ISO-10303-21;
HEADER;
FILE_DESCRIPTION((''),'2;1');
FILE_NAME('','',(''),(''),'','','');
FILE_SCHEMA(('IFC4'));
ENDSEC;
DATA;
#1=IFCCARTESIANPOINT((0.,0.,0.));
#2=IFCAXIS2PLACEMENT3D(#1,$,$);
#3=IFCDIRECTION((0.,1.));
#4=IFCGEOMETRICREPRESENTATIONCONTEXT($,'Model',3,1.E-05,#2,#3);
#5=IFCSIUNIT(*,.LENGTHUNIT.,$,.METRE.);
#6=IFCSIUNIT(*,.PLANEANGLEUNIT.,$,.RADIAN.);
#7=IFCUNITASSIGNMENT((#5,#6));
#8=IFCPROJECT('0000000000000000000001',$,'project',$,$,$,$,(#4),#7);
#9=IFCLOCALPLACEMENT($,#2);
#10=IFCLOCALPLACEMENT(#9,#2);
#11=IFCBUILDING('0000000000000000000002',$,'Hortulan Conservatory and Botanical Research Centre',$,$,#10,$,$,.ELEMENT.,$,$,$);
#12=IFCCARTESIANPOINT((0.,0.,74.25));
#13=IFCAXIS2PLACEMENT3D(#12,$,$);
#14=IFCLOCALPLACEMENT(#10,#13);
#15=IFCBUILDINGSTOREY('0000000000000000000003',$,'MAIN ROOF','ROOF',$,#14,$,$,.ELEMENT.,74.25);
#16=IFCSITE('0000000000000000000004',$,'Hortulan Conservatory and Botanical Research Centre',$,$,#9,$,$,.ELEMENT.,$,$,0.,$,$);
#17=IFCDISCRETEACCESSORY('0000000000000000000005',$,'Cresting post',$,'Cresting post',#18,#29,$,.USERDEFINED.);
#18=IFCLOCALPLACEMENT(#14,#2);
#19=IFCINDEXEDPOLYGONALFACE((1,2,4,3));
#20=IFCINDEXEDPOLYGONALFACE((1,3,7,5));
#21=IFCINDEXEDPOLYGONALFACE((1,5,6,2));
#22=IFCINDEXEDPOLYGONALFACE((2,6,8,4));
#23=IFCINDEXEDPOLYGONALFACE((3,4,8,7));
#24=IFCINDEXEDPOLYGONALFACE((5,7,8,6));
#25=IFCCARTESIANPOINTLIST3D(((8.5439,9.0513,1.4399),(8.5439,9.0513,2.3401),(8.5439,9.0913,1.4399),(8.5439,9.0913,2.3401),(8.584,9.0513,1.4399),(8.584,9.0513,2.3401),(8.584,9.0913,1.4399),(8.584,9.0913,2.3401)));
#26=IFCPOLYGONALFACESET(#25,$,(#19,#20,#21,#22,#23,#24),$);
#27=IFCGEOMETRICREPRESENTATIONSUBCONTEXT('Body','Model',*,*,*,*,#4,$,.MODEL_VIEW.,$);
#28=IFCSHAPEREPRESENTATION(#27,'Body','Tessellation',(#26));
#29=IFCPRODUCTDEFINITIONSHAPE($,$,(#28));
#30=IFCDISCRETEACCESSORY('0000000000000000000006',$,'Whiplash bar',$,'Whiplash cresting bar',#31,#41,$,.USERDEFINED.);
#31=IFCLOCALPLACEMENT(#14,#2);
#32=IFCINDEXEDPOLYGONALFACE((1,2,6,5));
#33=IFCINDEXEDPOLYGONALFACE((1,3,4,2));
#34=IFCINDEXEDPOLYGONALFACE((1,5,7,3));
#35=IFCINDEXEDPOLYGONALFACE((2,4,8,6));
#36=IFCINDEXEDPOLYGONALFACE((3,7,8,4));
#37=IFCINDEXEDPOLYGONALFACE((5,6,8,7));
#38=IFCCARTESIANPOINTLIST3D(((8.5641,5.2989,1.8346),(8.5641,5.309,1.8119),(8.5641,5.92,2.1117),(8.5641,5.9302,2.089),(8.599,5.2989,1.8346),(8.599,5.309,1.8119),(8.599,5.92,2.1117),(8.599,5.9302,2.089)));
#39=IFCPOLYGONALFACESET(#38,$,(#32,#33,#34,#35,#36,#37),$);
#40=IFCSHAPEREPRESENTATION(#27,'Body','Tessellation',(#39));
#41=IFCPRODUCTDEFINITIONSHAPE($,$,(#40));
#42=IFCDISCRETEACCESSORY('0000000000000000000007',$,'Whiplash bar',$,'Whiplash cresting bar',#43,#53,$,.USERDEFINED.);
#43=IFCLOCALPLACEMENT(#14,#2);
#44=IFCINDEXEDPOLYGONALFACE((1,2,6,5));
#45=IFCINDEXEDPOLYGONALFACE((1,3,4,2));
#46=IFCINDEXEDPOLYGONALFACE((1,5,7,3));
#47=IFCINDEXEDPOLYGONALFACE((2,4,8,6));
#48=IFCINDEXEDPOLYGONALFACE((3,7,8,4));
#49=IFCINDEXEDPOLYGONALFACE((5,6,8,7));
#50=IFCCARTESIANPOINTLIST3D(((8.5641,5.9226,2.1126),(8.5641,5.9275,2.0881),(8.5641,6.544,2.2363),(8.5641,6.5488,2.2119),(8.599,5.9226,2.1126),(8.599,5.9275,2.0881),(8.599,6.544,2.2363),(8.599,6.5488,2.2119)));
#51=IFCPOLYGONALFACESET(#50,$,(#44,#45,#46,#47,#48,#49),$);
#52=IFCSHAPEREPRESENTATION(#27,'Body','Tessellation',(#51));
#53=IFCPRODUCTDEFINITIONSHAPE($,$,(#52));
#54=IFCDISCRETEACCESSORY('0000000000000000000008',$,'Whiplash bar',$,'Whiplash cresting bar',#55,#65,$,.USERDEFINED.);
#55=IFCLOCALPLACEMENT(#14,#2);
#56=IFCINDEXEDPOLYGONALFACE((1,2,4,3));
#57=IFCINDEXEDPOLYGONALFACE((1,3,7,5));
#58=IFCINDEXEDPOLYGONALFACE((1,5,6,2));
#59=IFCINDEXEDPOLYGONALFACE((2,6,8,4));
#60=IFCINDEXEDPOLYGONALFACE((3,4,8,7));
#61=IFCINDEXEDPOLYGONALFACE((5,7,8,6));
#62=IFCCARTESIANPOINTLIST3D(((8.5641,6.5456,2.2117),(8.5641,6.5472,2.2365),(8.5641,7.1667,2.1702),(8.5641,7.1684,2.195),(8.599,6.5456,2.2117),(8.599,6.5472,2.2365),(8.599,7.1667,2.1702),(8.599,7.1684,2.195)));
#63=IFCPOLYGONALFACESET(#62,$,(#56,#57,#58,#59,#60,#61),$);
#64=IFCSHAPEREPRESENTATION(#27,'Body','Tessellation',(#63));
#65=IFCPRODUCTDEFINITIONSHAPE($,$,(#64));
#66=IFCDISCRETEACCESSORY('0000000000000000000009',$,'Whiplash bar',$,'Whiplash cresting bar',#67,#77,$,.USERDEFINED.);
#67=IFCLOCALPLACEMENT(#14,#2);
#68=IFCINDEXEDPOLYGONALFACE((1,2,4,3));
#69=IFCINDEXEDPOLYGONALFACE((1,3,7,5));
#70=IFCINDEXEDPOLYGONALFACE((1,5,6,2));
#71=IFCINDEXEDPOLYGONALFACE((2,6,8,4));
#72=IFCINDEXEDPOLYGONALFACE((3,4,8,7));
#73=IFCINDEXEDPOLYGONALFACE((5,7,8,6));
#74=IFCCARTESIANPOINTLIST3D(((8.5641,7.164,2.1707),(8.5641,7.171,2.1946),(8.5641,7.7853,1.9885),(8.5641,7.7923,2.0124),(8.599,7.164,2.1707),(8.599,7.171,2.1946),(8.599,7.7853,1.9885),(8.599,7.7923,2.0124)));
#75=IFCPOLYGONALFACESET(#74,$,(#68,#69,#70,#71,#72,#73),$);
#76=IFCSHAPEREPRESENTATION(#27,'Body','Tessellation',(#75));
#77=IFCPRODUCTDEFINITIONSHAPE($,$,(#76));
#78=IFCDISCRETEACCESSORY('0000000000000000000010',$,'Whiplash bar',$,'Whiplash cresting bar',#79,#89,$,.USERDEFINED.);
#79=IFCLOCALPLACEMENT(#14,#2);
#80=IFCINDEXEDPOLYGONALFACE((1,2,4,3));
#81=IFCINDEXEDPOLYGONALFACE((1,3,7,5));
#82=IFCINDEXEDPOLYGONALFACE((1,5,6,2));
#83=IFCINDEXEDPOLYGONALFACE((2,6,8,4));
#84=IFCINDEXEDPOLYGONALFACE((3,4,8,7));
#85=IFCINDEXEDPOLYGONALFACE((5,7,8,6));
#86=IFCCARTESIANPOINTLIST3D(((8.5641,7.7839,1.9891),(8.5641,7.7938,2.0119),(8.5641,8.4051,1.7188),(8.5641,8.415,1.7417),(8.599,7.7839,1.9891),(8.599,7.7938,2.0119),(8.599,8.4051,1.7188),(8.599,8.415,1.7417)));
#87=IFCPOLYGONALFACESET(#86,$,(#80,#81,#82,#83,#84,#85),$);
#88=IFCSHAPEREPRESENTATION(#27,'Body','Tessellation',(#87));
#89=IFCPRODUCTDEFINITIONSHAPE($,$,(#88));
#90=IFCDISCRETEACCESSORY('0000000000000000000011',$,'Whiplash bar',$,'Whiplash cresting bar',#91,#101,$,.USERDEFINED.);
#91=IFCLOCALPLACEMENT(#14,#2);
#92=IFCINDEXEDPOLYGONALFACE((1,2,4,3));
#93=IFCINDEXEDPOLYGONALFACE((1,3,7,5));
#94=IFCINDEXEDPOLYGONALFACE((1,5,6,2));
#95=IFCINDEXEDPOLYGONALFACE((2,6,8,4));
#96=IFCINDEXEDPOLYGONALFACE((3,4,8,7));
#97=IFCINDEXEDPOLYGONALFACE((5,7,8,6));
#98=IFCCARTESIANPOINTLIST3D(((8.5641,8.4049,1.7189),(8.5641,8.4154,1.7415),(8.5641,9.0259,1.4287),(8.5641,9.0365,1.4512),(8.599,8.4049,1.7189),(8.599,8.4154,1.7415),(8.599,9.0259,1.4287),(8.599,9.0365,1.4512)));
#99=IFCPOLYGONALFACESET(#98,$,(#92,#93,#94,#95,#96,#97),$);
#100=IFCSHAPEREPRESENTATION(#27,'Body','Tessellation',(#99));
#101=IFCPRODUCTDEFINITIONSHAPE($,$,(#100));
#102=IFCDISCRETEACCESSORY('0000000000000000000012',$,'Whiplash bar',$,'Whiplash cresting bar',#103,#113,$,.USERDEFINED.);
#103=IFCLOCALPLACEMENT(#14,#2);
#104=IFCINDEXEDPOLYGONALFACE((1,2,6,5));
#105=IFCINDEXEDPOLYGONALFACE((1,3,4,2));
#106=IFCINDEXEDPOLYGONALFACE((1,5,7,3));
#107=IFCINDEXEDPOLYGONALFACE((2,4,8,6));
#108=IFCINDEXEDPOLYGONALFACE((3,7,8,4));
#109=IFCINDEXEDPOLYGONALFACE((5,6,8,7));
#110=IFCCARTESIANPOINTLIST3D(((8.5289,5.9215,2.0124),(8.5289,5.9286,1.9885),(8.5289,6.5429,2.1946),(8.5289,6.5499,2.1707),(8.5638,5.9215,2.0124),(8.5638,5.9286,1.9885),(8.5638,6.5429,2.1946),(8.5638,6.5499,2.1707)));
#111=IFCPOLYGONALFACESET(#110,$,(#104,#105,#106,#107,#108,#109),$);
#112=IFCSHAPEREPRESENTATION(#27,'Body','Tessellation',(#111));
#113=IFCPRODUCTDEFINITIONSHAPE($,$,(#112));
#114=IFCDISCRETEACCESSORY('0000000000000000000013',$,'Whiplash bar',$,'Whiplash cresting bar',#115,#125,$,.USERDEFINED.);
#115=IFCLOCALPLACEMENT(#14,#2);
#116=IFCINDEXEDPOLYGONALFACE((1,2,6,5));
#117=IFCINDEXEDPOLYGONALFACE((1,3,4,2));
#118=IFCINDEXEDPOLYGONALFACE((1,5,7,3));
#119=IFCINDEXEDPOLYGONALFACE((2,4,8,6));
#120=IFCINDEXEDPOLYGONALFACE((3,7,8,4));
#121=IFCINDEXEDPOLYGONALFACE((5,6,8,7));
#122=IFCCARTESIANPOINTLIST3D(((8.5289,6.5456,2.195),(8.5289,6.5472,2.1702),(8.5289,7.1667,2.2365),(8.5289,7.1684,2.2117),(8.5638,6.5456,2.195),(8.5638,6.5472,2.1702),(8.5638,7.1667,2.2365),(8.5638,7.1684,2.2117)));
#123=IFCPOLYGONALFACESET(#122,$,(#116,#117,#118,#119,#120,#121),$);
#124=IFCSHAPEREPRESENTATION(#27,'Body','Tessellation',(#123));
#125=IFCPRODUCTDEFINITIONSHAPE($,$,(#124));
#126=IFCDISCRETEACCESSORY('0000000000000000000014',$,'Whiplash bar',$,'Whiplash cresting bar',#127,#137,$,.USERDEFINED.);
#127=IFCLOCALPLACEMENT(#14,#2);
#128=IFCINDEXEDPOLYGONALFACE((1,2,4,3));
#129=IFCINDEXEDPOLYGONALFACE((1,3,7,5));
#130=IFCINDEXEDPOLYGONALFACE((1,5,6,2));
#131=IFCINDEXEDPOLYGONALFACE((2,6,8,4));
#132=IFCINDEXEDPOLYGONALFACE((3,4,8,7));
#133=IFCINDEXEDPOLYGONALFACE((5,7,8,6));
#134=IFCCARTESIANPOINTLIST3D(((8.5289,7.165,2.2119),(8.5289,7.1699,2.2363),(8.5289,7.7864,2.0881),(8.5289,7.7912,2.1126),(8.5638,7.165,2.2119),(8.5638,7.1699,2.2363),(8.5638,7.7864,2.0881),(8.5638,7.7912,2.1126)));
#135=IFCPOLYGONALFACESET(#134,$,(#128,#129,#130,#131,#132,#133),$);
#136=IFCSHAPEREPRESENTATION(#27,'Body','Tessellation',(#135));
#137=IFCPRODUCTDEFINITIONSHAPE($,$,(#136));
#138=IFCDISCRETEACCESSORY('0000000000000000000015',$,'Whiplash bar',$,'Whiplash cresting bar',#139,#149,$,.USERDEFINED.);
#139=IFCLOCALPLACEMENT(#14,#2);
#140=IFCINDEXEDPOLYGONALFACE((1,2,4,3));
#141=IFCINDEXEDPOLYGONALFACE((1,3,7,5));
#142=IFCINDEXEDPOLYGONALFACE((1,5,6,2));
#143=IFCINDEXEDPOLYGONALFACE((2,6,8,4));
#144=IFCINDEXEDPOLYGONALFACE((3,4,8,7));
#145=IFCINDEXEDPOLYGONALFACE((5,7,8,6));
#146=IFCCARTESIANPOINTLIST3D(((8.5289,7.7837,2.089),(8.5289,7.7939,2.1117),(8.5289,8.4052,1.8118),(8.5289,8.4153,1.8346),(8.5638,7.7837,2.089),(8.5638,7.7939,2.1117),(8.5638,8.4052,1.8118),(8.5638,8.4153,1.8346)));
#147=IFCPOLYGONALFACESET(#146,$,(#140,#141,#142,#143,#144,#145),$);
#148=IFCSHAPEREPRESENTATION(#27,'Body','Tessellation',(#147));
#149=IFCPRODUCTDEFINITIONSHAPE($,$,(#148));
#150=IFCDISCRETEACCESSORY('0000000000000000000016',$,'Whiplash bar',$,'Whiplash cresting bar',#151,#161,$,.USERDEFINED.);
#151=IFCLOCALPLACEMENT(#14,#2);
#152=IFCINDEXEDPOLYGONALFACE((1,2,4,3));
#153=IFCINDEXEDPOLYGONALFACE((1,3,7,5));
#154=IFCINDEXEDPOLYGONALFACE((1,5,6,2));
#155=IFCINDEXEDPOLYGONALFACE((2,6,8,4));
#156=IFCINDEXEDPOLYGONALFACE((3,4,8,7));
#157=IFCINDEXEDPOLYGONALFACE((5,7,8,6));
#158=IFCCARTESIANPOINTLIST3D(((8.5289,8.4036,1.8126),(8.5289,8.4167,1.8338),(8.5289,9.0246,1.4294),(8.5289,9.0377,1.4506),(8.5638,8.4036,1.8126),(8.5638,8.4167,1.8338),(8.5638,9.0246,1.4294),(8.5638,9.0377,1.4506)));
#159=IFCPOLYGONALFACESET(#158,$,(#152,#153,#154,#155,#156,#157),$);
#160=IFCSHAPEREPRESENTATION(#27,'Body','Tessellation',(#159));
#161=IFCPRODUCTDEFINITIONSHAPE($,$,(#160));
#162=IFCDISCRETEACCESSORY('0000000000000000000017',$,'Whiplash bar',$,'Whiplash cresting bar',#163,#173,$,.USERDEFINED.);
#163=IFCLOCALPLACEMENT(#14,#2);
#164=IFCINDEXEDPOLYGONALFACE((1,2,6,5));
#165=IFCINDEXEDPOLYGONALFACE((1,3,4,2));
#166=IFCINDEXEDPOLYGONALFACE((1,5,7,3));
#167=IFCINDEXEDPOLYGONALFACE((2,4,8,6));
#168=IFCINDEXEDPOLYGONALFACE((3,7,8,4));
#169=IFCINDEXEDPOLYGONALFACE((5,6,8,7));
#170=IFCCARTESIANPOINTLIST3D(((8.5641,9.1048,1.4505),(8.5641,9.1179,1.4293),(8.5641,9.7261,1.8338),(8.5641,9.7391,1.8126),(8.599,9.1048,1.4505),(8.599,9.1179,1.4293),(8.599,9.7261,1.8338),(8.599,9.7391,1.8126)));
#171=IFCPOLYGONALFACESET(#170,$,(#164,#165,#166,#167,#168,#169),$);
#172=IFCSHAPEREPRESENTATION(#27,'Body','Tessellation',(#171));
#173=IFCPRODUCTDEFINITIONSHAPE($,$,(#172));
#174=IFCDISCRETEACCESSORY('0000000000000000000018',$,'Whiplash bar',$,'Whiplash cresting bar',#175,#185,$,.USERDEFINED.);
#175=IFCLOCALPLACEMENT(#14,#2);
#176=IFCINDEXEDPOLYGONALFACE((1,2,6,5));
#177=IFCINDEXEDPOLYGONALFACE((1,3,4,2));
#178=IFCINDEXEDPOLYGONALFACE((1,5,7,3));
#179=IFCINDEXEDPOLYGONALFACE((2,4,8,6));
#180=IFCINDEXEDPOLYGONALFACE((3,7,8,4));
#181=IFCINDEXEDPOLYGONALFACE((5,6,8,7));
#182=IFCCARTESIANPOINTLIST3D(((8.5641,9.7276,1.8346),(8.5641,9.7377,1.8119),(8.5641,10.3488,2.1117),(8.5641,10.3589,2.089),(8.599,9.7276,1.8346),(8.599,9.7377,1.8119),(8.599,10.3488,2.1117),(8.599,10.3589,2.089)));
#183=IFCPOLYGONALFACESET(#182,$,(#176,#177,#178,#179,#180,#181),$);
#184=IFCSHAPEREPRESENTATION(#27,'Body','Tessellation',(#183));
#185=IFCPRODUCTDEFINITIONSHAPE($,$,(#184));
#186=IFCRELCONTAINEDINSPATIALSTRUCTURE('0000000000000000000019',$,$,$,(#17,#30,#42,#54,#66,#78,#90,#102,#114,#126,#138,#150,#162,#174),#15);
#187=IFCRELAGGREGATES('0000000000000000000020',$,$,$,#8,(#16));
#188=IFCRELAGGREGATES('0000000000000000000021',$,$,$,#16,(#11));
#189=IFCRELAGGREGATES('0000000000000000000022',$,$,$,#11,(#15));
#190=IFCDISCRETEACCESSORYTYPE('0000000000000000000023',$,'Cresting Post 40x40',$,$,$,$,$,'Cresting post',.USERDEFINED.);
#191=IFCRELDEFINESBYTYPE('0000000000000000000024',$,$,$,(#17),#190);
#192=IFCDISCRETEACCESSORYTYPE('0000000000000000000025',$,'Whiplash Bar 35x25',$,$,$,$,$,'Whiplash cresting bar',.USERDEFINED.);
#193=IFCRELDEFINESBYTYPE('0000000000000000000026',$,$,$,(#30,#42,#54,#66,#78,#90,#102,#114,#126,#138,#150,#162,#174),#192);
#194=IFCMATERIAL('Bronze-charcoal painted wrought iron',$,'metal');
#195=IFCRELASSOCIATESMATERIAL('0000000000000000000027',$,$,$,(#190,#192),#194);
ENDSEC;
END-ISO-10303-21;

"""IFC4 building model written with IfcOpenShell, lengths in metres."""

from ifc_helpers import new_model, si_unit, direction, frame, origin, origin_2d, place, context, subcontext, project, spatial, rectangle, extrude, material, material_profile, profile_set, type_object, element, save


model = new_model("IFC4")

# Units and contexts
model_context = context("Model", 3, precision=1e-05, world=origin(), true_north=direction((0.0, 1.0)))
body_context = subcontext(model_context, "Body", "Model", "MODEL_VIEW")
ifc_project = project(units=[si_unit("LENGTHUNIT", "METRE"), si_unit("PLANEANGLEUNIT", "RADIAN")], contexts=[model_context])

# Site, building, storey
site_placement = place(None, origin())
site = spatial("IfcSite", under=ifc_project, at=site_placement, Name="Hortulan Conservatory and Botanical Research Centre", CompositionType="ELEMENT", RefElevation=0.0)
building_placement = place(site_placement, origin())
building = spatial("IfcBuilding", under=site, at=building_placement, Name="Hortulan Conservatory and Botanical Research Centre", CompositionType="ELEMENT")
storey_placement = place(building_placement, frame((0.0, 0.0, 74.25)))
storey = spatial("IfcBuildingStorey", under=building, at=storey_placement, Name="MAIN ROOF", Description="ROOF", CompositionType="ELEMENT", Elevation=74.25)

# Discrete accessories
ifc_material = material(Name="Bronze-charcoal painted wrought iron", Category="metal")
ifc_material_profile_1 = material_profile(ifc_material, rectangle(XDim=0.04, YDim=0.04, at=origin_2d()), Name="Square bar 40x40")
ifc_profile_set_1 = profile_set([ifc_material_profile_1], Name="Bronze-charcoal painted wrought iron")
discrete_accessory_type_1 = type_object("IfcDiscreteAccessoryType", Name="Cresting Post 40x40", ElementType="Cresting post", PredefinedType="USERDEFINED", material=ifc_profile_set_1)
discrete_accessory_1_placement = place(storey_placement, frame((8.564, 9.0713, 1.4399), z_axis=(0.0, 0.0, 1.0), x_axis=(1.0, 0.0, 0.0)))
element("IfcDiscreteAccessory", 1, at=discrete_accessory_1_placement, inside=storey, type_object=discrete_accessory_type_1, Name="Cresting post", ObjectType="Cresting post", PredefinedType="USERDEFINED", context=body_context, shape_type="SweptSolid", body=[
    extrude(rectangle(XDim=0.04, YDim=0.04, at=origin_2d()), origin(), (0.0, 0.0, 1.0), 0.9001),
])
ifc_material_profile_2 = material_profile(ifc_material, rectangle(XDim=0.0349, YDim=0.0249, at=origin_2d()), Name="Flat bar 35x25")
ifc_profile_set_2 = profile_set([ifc_material_profile_2], Name="Bronze-charcoal painted wrought iron")
discrete_accessory_type_2 = type_object("IfcDiscreteAccessoryType", Name="Whiplash Bar 35x25", ElementType="Whiplash cresting bar", PredefinedType="USERDEFINED", material=ifc_profile_set_2)
discrete_accessory_2_placement = place(storey_placement, frame((8.5815, 5.304, 1.8232), z_axis=(0.0, 0.913233, 0.407437), x_axis=(-1.0, 0.0, 0.0)))
element("IfcDiscreteAccessory", 2, at=discrete_accessory_2_placement, inside=storey, type_object=discrete_accessory_type_2, Name="Whiplash bar", ObjectType="Whiplash cresting bar", PredefinedType="USERDEFINED", context=body_context, shape_type="SweptSolid", body=[
    extrude(rectangle(XDim=0.0349, YDim=0.0249, at=origin_2d()), origin(), (0.0, 0.0, 1.0), 0.6802),
])
discrete_accessory_3_placement = place(storey_placement, frame((8.5815, 5.925, 2.1003), z_axis=(0.0, 0.980729, 0.195375), x_axis=(-1.0, 0.0, 0.0)))
element("IfcDiscreteAccessory", 3, at=discrete_accessory_3_placement, inside=storey, type_object=discrete_accessory_type_2, Name="Whiplash bar", ObjectType="Whiplash cresting bar", PredefinedType="USERDEFINED", context=body_context, shape_type="SweptSolid", body=[
    extrude(rectangle(XDim=0.0349, YDim=0.0249, at=origin_2d()), origin(), (0.0, 0.0, 1.0), 0.6335),
])
discrete_accessory_4_placement = place(storey_placement, frame((8.5815, 6.5464, 2.2241), z_axis=(0.0, 0.997775, -0.066675), x_axis=(-1.0, 0.0, 0.0)))
element("IfcDiscreteAccessory", 4, at=discrete_accessory_4_placement, inside=storey, type_object=discrete_accessory_type_2, Name="Whiplash bar", ObjectType="Whiplash cresting bar", PredefinedType="USERDEFINED", context=body_context, shape_type="SweptSolid", body=[
    extrude(rectangle(XDim=0.0349, YDim=0.0249, at=origin_2d()), origin(), (0.0, 0.0, 1.0), 0.6226),
])
discrete_accessory_5_placement = place(storey_placement, frame((8.5815, 7.1675, 2.1826), z_axis=(0.0, 0.959623, -0.281288), x_axis=(-1.0, 0.0, 0.0)))
element("IfcDiscreteAccessory", 5, at=discrete_accessory_5_placement, inside=storey, type_object=discrete_accessory_type_2, Name="Whiplash bar", ObjectType="Whiplash cresting bar", PredefinedType="USERDEFINED", context=body_context, shape_type="SweptSolid", body=[
    extrude(rectangle(XDim=0.0349, YDim=0.0249, at=origin_2d()), origin(), (0.0, 0.0, 1.0), 0.6475),
])
discrete_accessory_6_placement = place(storey_placement, frame((8.5815, 7.7888, 2.0005), z_axis=(0.0, 0.917007, -0.398871), x_axis=(-1.0, 0.0, 0.0)))
element("IfcDiscreteAccessory", 6, at=discrete_accessory_6_placement, inside=storey, type_object=discrete_accessory_type_2, Name="Whiplash bar", ObjectType="Whiplash cresting bar", PredefinedType="USERDEFINED", context=body_context, shape_type="SweptSolid", body=[
    extrude(rectangle(XDim=0.0349, YDim=0.0249, at=origin_2d()), origin(), (0.0, 0.0, 1.0), 0.6775),
])
discrete_accessory_7_placement = place(storey_placement, frame((8.5815, 8.4102, 1.7302), z_axis=(0.0, 0.905937, -0.423412), x_axis=(-1.0, 0.0, 0.0)))
element("IfcDiscreteAccessory", 7, at=discrete_accessory_7_placement, inside=storey, type_object=discrete_accessory_type_2, Name="Whiplash bar", ObjectType="Whiplash cresting bar", PredefinedType="USERDEFINED", context=body_context, shape_type="SweptSolid", body=[
    extrude(rectangle(XDim=0.0349, YDim=0.0249, at=origin_2d()), origin(), (0.0, 0.0, 1.0), 0.6855),
])
discrete_accessory_8_placement = place(storey_placement, frame((8.5464, 5.925, 2.0005), z_axis=(0.0, 0.959623, 0.281288), x_axis=(-1.0, 0.0, 0.0)))
element("IfcDiscreteAccessory", 8, at=discrete_accessory_8_placement, inside=storey, type_object=discrete_accessory_type_2, Name="Whiplash bar", ObjectType="Whiplash cresting bar", PredefinedType="USERDEFINED", context=body_context, shape_type="SweptSolid", body=[
    extrude(rectangle(XDim=0.0349, YDim=0.0249, at=origin_2d()), origin(), (0.0, 0.0, 1.0), 0.6475),
])
discrete_accessory_9_placement = place(storey_placement, frame((8.5464, 6.5464, 2.1826), z_axis=(0.0, 0.997775, 0.066675), x_axis=(-1.0, 0.0, 0.0)))
element("IfcDiscreteAccessory", 9, at=discrete_accessory_9_placement, inside=storey, type_object=discrete_accessory_type_2, Name="Whiplash bar", ObjectType="Whiplash cresting bar", PredefinedType="USERDEFINED", context=body_context, shape_type="SweptSolid", body=[
    extrude(rectangle(XDim=0.0349, YDim=0.0249, at=origin_2d()), origin(), (0.0, 0.0, 1.0), 0.6226),
])
discrete_accessory_10_placement = place(storey_placement, frame((8.5464, 7.1675, 2.2241), z_axis=(0.0, 0.980729, -0.195375), x_axis=(-1.0, 0.0, 0.0)))
element("IfcDiscreteAccessory", 10, at=discrete_accessory_10_placement, inside=storey, type_object=discrete_accessory_type_2, Name="Whiplash bar", ObjectType="Whiplash cresting bar", PredefinedType="USERDEFINED", context=body_context, shape_type="SweptSolid", body=[
    extrude(rectangle(XDim=0.0349, YDim=0.0249, at=origin_2d()), origin(), (0.0, 0.0, 1.0), 0.6335),
])
discrete_accessory_11_placement = place(storey_placement, frame((8.5464, 7.7888, 2.1003), z_axis=(0.0, 0.913293, -0.407303), x_axis=(-1.0, 0.0, 0.0)))
element("IfcDiscreteAccessory", 11, at=discrete_accessory_11_placement, inside=storey, type_object=discrete_accessory_type_2, Name="Whiplash bar", ObjectType="Whiplash cresting bar", PredefinedType="USERDEFINED", context=body_context, shape_type="SweptSolid", body=[
    extrude(rectangle(XDim=0.0349, YDim=0.0249, at=origin_2d()), origin(), (0.0, 0.0, 1.0), 0.6804),
])
discrete_accessory_12_placement = place(storey_placement, frame((8.5464, 8.4102, 1.8232), z_axis=(0.0, 0.850991, -0.525179), x_axis=(-1.0, 0.0, 0.0)))
element("IfcDiscreteAccessory", 12, at=discrete_accessory_12_placement, inside=storey, type_object=discrete_accessory_type_2, Name="Whiplash bar", ObjectType="Whiplash cresting bar", PredefinedType="USERDEFINED", context=body_context, shape_type="SweptSolid", body=[
    extrude(rectangle(XDim=0.0349, YDim=0.0249, at=origin_2d()), origin(), (0.0, 0.0, 1.0), 0.7297),
])
discrete_accessory_13_placement = place(storey_placement, frame((8.5815, 9.1113, 1.4399), z_axis=(0.0, 0.851084, 0.52503), x_axis=(-1.0, 0.0, 0.0)))
element("IfcDiscreteAccessory", 13, at=discrete_accessory_13_placement, inside=storey, type_object=discrete_accessory_type_2, Name="Whiplash bar", ObjectType="Whiplash cresting bar", PredefinedType="USERDEFINED", context=body_context, shape_type="SweptSolid", body=[
    extrude(rectangle(XDim=0.0349, YDim=0.0249, at=origin_2d()), origin(), (0.0, 0.0, 1.0), 0.73),
])
discrete_accessory_14_placement = place(storey_placement, frame((8.5815, 9.7327, 1.8232), z_axis=(0.0, 0.913233, 0.407437), x_axis=(-1.0, 0.0, 0.0)))
element("IfcDiscreteAccessory", 14, at=discrete_accessory_14_placement, inside=storey, type_object=discrete_accessory_type_2, Name="Whiplash bar", ObjectType="Whiplash cresting bar", PredefinedType="USERDEFINED", context=body_context, shape_type="SweptSolid", body=[
    extrude(rectangle(XDim=0.0349, YDim=0.0249, at=origin_2d()), origin(), (0.0, 0.0, 1.0), 0.6802),
])

save(model, "model.ifc")
